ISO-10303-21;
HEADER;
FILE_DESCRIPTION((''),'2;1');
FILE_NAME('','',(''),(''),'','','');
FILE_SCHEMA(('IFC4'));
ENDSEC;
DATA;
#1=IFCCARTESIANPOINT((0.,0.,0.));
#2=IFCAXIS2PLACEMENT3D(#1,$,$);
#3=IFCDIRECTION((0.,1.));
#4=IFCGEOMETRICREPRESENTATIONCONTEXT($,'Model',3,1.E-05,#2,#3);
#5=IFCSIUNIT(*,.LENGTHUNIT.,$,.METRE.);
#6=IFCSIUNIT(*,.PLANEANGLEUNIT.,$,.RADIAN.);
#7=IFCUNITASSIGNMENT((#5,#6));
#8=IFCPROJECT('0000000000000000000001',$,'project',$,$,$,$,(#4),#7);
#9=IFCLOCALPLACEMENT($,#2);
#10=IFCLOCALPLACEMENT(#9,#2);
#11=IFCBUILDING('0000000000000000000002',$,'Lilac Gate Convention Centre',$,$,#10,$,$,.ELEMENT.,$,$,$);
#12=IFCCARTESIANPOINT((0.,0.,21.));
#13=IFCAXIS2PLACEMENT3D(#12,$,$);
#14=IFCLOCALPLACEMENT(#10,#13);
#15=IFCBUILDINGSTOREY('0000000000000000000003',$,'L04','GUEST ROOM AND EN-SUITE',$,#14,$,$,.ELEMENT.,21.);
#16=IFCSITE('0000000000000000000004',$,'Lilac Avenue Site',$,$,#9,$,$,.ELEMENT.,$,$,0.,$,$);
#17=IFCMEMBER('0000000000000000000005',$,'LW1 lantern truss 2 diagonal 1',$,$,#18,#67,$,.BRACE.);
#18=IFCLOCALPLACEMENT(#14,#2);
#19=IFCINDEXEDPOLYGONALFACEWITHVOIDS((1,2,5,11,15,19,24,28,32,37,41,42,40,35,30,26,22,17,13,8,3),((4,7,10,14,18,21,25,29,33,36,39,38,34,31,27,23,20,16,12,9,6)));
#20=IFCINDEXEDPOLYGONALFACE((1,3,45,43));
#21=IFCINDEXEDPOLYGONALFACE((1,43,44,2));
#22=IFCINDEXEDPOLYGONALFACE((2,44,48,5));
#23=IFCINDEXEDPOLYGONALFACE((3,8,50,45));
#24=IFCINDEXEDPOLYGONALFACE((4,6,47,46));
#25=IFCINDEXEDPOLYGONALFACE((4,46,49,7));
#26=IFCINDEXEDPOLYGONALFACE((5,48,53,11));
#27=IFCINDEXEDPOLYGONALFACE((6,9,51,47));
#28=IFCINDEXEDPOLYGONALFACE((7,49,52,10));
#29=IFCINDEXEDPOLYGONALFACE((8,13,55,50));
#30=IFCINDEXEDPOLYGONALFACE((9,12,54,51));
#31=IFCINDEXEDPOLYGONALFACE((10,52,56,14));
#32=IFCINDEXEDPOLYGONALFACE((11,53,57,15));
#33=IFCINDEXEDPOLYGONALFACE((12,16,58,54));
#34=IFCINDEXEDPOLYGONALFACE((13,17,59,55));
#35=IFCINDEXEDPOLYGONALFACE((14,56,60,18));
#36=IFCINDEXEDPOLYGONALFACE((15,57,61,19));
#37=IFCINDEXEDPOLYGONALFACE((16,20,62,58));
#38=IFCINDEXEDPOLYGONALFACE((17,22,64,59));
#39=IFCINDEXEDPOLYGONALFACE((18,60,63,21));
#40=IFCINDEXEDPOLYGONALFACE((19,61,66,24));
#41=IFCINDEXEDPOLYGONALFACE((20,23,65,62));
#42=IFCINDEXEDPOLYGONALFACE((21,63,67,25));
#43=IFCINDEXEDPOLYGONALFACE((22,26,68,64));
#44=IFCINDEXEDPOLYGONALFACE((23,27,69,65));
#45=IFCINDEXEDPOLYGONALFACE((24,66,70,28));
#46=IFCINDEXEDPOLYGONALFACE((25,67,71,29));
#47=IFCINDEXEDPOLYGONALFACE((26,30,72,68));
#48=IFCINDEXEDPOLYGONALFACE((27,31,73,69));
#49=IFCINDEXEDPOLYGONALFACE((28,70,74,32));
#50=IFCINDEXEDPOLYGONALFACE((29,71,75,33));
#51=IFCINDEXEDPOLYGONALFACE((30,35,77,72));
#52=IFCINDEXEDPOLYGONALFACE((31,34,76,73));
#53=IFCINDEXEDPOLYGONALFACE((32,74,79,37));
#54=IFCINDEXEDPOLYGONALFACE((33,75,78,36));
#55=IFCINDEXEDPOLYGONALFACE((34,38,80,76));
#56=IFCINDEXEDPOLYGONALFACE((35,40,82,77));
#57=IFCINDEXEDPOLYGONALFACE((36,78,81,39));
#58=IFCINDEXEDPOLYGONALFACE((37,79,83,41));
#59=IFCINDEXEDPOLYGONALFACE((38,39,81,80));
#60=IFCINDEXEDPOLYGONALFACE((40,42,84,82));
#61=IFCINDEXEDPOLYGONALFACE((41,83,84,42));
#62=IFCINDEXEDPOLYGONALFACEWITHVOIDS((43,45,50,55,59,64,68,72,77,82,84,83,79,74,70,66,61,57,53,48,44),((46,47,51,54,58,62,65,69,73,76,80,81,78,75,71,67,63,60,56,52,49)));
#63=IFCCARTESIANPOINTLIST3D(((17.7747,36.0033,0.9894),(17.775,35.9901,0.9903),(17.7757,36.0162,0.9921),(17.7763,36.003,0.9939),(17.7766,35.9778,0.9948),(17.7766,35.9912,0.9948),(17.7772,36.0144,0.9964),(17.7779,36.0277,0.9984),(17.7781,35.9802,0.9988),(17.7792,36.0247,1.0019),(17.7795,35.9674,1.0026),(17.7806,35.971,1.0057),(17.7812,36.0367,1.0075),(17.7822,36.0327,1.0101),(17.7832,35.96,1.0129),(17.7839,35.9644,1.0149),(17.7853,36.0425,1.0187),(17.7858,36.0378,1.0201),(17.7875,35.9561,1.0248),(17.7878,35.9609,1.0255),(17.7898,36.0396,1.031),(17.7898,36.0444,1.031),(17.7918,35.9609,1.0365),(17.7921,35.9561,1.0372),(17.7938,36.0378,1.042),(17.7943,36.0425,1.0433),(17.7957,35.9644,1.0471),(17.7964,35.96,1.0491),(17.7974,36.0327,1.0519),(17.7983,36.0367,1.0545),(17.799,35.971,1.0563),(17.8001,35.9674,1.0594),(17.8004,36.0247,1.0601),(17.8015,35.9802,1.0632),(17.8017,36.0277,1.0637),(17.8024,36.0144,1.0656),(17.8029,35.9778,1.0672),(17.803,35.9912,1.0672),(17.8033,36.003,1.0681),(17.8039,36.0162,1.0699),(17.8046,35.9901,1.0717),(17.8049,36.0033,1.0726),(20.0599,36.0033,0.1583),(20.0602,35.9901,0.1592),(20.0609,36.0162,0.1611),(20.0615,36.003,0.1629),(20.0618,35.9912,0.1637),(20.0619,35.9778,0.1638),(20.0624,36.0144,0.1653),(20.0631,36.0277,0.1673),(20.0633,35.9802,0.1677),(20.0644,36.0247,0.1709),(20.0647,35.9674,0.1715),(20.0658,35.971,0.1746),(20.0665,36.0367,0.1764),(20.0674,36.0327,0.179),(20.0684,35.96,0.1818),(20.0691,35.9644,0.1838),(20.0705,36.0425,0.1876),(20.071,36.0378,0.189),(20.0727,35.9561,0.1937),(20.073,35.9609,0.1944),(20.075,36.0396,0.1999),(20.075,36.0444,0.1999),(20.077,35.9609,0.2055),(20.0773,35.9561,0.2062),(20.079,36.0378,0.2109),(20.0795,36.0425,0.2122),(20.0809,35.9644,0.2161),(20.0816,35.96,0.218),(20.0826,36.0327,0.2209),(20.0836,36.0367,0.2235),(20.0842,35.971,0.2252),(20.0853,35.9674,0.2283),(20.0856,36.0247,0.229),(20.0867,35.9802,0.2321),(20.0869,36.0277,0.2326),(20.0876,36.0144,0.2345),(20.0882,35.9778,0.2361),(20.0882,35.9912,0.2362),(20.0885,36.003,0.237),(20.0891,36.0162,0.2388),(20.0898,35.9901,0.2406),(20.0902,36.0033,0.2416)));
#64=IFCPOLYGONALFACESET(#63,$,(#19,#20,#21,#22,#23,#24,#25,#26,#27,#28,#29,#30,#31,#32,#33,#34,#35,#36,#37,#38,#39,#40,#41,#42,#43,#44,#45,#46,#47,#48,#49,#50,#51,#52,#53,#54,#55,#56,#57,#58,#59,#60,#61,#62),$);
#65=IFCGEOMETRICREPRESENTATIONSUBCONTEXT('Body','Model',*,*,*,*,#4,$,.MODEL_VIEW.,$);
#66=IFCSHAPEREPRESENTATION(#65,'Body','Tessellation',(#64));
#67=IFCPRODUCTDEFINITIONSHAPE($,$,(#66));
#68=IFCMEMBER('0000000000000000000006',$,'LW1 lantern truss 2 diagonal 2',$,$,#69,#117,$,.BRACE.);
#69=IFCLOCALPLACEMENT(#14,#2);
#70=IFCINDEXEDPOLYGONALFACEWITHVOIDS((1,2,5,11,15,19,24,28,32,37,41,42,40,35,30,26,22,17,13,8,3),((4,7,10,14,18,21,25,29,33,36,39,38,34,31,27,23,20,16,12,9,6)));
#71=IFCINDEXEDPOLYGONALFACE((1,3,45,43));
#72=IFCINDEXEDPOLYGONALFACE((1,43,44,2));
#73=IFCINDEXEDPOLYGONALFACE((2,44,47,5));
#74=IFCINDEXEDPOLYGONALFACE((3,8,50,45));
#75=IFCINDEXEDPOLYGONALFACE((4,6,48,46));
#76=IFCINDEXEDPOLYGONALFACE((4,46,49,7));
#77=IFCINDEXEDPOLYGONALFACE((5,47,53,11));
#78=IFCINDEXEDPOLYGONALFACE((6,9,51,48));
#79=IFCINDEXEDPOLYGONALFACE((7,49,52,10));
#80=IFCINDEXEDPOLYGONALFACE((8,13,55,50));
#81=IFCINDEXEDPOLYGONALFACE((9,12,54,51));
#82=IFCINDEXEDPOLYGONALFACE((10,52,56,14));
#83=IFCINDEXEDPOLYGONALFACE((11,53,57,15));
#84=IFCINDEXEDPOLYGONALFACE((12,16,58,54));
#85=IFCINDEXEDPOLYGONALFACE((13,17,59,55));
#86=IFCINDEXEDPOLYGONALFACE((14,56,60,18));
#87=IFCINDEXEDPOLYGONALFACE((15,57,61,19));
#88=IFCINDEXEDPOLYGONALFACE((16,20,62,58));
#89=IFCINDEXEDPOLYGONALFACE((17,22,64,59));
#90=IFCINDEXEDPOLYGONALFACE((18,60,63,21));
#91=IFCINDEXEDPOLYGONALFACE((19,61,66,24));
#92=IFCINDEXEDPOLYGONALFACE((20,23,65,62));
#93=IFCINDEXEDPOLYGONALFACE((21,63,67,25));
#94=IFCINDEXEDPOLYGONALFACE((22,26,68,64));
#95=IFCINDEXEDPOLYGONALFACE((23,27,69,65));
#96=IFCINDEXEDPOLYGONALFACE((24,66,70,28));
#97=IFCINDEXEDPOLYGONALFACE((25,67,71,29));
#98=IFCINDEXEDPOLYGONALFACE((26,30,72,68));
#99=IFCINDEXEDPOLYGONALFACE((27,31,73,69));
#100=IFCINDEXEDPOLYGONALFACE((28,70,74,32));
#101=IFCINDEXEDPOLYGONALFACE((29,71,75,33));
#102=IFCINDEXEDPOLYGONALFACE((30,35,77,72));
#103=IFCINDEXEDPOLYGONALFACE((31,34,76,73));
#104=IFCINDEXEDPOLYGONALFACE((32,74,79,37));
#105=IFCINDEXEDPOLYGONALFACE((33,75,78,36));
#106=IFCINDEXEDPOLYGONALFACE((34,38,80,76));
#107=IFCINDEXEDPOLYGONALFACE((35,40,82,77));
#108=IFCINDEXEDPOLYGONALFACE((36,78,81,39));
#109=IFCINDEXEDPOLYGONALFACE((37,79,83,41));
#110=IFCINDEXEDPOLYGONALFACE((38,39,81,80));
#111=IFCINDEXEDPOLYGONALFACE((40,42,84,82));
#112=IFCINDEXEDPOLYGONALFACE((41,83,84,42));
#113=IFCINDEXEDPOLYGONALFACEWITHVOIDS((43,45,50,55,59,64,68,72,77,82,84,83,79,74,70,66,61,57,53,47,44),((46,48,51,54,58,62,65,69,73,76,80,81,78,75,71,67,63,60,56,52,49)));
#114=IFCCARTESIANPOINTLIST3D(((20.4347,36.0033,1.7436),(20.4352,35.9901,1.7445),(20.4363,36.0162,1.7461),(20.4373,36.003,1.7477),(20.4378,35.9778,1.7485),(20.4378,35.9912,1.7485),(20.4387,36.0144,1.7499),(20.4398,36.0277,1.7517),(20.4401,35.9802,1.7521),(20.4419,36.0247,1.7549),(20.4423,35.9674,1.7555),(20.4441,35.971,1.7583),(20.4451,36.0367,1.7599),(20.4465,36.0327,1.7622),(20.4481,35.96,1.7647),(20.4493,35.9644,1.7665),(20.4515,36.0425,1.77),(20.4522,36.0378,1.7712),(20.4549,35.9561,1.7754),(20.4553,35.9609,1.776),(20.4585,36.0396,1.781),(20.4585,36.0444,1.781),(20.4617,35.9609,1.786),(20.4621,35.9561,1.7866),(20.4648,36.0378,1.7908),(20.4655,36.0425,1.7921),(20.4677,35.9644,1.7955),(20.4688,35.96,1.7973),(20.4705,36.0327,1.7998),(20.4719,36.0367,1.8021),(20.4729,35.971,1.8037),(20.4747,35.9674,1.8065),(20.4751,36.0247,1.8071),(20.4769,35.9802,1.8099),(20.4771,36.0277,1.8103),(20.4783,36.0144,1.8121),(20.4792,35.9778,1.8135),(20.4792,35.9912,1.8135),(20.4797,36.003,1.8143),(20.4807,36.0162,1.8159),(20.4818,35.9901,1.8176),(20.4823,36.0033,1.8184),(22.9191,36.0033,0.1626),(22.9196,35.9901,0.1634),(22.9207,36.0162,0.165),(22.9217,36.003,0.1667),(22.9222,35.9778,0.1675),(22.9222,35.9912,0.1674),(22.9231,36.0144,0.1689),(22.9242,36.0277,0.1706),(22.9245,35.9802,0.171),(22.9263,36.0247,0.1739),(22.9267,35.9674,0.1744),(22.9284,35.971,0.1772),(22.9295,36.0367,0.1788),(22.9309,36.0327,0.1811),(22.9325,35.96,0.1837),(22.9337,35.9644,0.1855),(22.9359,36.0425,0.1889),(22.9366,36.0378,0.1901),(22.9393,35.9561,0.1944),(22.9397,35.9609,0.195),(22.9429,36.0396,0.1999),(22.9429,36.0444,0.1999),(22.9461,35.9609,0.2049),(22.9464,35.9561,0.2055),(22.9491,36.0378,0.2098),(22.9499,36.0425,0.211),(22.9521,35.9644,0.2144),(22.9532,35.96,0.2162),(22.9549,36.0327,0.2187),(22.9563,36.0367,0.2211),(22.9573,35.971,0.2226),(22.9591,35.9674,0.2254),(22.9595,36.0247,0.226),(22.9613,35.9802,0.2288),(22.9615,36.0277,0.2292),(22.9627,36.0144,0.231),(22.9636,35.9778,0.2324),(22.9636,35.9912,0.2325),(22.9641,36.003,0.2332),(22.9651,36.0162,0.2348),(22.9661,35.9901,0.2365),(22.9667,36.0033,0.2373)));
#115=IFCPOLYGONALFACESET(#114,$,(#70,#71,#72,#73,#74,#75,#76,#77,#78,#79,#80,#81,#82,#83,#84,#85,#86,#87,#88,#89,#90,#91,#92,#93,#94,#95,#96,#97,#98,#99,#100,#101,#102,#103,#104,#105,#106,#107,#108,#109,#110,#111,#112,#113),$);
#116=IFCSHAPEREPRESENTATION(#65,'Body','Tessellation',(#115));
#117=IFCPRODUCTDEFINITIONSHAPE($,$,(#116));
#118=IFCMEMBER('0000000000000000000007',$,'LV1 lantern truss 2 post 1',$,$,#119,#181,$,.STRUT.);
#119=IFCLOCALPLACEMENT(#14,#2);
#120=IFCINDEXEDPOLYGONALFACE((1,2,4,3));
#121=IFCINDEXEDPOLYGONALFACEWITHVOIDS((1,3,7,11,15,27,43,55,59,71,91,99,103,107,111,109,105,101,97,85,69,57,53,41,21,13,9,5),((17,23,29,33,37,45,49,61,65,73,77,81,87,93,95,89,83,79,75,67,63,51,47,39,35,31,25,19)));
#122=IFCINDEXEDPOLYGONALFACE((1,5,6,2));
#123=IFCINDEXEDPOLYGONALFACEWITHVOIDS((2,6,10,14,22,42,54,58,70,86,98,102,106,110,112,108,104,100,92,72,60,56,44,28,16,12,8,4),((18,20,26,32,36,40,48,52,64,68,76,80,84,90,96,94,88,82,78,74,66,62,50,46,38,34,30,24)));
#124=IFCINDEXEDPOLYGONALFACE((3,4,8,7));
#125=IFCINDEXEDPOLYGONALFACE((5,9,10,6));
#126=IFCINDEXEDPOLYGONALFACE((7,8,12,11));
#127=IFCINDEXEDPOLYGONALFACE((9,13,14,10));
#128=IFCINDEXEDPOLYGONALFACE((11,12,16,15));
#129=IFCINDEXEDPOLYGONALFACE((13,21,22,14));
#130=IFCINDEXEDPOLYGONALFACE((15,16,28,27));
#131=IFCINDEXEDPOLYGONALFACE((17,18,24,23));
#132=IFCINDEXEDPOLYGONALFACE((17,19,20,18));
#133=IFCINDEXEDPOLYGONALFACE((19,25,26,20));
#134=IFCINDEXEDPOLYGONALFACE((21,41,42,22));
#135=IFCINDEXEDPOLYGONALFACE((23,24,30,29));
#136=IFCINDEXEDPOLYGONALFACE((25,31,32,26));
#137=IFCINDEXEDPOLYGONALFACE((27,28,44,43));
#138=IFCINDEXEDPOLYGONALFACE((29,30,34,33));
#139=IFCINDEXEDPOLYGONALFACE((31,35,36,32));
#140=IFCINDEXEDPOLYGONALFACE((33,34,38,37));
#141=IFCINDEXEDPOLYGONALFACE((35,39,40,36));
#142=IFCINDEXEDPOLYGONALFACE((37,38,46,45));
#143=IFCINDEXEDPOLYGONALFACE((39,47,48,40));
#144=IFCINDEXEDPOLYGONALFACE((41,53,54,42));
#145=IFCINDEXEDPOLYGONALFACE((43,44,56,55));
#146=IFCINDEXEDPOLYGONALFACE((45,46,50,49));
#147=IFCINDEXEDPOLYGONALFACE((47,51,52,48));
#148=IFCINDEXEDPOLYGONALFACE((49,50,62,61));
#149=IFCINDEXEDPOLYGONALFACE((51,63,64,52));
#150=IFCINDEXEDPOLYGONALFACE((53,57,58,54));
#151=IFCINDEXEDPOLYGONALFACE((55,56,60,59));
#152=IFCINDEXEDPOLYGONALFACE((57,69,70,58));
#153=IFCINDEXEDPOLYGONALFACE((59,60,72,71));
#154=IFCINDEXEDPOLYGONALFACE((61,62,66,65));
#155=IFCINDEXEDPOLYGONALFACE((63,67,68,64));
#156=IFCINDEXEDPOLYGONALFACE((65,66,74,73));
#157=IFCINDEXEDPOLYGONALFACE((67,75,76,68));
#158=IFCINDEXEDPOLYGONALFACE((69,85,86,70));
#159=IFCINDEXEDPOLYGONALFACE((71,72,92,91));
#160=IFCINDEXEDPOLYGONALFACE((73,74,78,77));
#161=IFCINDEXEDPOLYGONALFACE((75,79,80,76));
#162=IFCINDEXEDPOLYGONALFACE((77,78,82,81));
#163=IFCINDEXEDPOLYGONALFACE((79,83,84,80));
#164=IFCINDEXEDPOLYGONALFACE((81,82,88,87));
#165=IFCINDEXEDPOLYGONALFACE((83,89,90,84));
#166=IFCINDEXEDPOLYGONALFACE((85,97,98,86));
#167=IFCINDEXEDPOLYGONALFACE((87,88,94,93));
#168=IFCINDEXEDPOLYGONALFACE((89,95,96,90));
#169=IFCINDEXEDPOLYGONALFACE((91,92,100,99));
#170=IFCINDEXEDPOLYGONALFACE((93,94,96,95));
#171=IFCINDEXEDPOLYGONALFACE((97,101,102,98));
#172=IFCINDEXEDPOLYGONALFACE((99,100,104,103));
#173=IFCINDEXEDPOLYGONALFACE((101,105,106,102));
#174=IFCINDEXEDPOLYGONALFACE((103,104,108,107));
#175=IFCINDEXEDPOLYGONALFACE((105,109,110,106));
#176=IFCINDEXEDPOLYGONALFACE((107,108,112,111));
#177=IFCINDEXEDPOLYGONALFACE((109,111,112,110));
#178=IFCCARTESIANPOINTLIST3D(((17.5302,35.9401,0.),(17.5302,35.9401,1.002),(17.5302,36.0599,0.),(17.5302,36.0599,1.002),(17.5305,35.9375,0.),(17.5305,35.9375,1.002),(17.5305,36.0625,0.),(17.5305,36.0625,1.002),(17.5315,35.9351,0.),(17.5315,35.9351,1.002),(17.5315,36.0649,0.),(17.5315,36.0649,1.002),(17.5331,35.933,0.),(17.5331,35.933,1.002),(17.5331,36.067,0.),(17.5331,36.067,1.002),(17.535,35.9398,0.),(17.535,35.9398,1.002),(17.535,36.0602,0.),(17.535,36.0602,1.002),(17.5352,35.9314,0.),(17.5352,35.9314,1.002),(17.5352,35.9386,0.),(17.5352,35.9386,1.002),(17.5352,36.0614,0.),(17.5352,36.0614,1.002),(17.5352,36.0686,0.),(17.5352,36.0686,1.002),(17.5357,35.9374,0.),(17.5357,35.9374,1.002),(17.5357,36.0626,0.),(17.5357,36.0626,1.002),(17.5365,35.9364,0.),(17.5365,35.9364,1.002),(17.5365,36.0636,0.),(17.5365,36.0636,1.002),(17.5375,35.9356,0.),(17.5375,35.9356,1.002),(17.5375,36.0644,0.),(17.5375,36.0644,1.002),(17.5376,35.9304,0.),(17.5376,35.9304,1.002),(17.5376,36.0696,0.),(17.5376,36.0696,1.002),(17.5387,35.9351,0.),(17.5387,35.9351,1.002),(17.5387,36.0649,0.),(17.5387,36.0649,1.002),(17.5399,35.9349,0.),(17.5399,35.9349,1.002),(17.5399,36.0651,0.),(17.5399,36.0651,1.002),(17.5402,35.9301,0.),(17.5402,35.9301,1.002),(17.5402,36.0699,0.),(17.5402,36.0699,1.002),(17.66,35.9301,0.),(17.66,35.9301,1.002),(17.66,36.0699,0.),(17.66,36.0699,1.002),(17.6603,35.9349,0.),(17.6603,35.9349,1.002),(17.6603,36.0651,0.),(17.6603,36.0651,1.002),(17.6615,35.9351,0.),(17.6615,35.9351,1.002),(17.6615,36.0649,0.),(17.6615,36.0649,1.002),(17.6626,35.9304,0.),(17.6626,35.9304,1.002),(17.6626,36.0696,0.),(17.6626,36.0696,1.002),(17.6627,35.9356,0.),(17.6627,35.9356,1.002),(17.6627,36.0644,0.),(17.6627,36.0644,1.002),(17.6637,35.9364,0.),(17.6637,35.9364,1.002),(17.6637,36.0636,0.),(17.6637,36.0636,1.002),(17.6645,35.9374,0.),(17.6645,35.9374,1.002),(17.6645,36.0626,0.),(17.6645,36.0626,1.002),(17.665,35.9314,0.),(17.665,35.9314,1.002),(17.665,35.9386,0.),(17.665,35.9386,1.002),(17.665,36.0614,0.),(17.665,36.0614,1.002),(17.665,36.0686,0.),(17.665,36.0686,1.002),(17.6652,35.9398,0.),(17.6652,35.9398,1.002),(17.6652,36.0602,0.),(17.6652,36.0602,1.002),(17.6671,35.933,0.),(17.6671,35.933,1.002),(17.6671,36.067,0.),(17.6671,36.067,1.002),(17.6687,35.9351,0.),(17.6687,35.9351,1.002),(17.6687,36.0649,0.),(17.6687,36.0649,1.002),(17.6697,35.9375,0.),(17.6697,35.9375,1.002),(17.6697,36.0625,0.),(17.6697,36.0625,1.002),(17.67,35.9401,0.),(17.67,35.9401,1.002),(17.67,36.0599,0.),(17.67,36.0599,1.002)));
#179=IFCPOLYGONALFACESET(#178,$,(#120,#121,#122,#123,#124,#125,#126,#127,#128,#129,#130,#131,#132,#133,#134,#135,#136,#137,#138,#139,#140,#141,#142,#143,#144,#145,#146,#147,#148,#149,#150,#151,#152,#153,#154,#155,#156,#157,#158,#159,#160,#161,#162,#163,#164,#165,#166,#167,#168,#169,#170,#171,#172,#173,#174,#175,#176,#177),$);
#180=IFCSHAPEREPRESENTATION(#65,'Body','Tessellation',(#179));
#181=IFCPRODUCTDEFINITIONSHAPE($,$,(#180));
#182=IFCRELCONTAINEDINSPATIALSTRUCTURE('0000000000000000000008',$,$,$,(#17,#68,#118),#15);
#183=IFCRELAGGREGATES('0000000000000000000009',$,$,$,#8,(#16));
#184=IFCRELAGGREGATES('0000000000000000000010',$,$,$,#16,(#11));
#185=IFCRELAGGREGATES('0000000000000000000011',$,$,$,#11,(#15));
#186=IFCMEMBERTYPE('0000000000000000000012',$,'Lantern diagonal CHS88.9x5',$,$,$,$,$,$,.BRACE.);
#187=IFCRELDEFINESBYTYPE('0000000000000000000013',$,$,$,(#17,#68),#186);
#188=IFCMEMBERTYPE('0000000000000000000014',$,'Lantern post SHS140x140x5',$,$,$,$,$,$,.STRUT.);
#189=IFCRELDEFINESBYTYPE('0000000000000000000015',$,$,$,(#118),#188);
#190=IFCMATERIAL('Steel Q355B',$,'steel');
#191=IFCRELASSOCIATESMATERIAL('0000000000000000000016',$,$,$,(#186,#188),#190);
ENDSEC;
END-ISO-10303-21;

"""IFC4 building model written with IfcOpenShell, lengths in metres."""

from ifc_helpers import new_model, si_unit, direction, frame, origin, origin_2d, place, context, subcontext, project, spatial, hollow_rectangle, hollow_circle, extrude, material, material_profile, profile_set, type_object, element, save


model = new_model("IFC4")

# Units and contexts
model_context = context("Model", 3, precision=1e-05, world=origin(), true_north=direction((0.0, 1.0)))
body_context = subcontext(model_context, "Body", "Model", "MODEL_VIEW")
ifc_project = project(units=[si_unit("LENGTHUNIT", "METRE"), si_unit("PLANEANGLEUNIT", "RADIAN")], contexts=[model_context])

# Site, building, storey
site_placement = place(None, origin())
site = spatial("IfcSite", under=ifc_project, at=site_placement, Name="Lilac Avenue Site", CompositionType="ELEMENT", RefElevation=0.0)
building_placement = place(site_placement, origin())
building = spatial("IfcBuilding", under=site, at=building_placement, Name="Lilac Gate Convention Centre", CompositionType="ELEMENT")
storey_placement = place(building_placement, frame((0.0, 0.0, 21.0)))
storey = spatial("IfcBuildingStorey", under=building, at=storey_placement, Name="L04", Description="GUEST ROOM AND EN-SUITE", CompositionType="ELEMENT", Elevation=21.0)

# Members
ifc_material_1 = material(Name="Steel Q355B", Category="steel")
ifc_material_profile_1 = material_profile(ifc_material_1, hollow_circle(Radius=0.0444, WallThickness=0.0049, at=origin_2d()), Name="CHS88.9x5")
ifc_profile_set_1 = profile_set([ifc_material_profile_1], Name="Steel Q355B")
member_type_1 = type_object("IfcMemberType", Name="Lantern diagonal CHS88.9x5", PredefinedType="BRACE", material=ifc_profile_set_1)
member_1_placement = place(storey_placement, frame((17.7898, 36.0, 1.031), z_axis=(0.939782, 0.0, -0.341775), x_axis=(0.0, 1.0, 0.0)))
element("IfcMember", 1, at=member_1_placement, inside=storey, type_object=member_type_1, Name="LW1 lantern truss 2 diagonal 1", PredefinedType="BRACE", context=body_context, shape_type="SweptSolid", body=[
    extrude(hollow_circle(Radius=0.0444, WallThickness=0.0049, at=origin_2d()), origin(), (0.0, 0.0, 1.0), 2.4316),
])
member_2_placement = place(storey_placement, frame((20.4585, 36.0, 1.781), z_axis=(0.843648, 0.0, -0.536897), x_axis=(0.0, 1.0, 0.0)))
element("IfcMember", 2, at=member_2_placement, inside=storey, type_object=member_type_1, Name="LW1 lantern truss 2 diagonal 2", PredefinedType="BRACE", context=body_context, shape_type="SweptSolid", body=[
    extrude(hollow_circle(Radius=0.0444, WallThickness=0.0049, at=origin_2d()), origin(), (0.0, 0.0, 1.0), 2.9448),
])
ifc_material_profile_2 = material_profile(ifc_material_1, hollow_rectangle(XDim=0.1399, YDim=0.1399, WallThickness=0.0049, InnerFilletRadius=0.0049, OuterFilletRadius=0.01, at=origin_2d()), Name="SHS140x140x5")
ifc_profile_set_2 = profile_set([ifc_material_profile_2], Name="Steel Q355B")
member_type_2 = type_object("IfcMemberType", Name="Lantern post SHS140x140x5", PredefinedType="STRUT", material=ifc_profile_set_2)
member_3_placement = place(storey_placement, frame((17.6001, 36.0, 0.0), z_axis=(0.0, 0.0, 1.0), x_axis=(1.0, 0.0, 0.0)))
element("IfcMember", 3, at=member_3_placement, inside=storey, type_object=member_type_2, Name="LV1 lantern truss 2 post 1", PredefinedType="STRUT", context=body_context, shape_type="SweptSolid", body=[
    extrude(hollow_rectangle(XDim=0.1399, YDim=0.1399, WallThickness=0.0049, InnerFilletRadius=0.0049, OuterFilletRadius=0.01, at=origin_2d()), origin(), (0.0, 0.0, 1.0), 1.002),
])

save(model, "model.ifc")
